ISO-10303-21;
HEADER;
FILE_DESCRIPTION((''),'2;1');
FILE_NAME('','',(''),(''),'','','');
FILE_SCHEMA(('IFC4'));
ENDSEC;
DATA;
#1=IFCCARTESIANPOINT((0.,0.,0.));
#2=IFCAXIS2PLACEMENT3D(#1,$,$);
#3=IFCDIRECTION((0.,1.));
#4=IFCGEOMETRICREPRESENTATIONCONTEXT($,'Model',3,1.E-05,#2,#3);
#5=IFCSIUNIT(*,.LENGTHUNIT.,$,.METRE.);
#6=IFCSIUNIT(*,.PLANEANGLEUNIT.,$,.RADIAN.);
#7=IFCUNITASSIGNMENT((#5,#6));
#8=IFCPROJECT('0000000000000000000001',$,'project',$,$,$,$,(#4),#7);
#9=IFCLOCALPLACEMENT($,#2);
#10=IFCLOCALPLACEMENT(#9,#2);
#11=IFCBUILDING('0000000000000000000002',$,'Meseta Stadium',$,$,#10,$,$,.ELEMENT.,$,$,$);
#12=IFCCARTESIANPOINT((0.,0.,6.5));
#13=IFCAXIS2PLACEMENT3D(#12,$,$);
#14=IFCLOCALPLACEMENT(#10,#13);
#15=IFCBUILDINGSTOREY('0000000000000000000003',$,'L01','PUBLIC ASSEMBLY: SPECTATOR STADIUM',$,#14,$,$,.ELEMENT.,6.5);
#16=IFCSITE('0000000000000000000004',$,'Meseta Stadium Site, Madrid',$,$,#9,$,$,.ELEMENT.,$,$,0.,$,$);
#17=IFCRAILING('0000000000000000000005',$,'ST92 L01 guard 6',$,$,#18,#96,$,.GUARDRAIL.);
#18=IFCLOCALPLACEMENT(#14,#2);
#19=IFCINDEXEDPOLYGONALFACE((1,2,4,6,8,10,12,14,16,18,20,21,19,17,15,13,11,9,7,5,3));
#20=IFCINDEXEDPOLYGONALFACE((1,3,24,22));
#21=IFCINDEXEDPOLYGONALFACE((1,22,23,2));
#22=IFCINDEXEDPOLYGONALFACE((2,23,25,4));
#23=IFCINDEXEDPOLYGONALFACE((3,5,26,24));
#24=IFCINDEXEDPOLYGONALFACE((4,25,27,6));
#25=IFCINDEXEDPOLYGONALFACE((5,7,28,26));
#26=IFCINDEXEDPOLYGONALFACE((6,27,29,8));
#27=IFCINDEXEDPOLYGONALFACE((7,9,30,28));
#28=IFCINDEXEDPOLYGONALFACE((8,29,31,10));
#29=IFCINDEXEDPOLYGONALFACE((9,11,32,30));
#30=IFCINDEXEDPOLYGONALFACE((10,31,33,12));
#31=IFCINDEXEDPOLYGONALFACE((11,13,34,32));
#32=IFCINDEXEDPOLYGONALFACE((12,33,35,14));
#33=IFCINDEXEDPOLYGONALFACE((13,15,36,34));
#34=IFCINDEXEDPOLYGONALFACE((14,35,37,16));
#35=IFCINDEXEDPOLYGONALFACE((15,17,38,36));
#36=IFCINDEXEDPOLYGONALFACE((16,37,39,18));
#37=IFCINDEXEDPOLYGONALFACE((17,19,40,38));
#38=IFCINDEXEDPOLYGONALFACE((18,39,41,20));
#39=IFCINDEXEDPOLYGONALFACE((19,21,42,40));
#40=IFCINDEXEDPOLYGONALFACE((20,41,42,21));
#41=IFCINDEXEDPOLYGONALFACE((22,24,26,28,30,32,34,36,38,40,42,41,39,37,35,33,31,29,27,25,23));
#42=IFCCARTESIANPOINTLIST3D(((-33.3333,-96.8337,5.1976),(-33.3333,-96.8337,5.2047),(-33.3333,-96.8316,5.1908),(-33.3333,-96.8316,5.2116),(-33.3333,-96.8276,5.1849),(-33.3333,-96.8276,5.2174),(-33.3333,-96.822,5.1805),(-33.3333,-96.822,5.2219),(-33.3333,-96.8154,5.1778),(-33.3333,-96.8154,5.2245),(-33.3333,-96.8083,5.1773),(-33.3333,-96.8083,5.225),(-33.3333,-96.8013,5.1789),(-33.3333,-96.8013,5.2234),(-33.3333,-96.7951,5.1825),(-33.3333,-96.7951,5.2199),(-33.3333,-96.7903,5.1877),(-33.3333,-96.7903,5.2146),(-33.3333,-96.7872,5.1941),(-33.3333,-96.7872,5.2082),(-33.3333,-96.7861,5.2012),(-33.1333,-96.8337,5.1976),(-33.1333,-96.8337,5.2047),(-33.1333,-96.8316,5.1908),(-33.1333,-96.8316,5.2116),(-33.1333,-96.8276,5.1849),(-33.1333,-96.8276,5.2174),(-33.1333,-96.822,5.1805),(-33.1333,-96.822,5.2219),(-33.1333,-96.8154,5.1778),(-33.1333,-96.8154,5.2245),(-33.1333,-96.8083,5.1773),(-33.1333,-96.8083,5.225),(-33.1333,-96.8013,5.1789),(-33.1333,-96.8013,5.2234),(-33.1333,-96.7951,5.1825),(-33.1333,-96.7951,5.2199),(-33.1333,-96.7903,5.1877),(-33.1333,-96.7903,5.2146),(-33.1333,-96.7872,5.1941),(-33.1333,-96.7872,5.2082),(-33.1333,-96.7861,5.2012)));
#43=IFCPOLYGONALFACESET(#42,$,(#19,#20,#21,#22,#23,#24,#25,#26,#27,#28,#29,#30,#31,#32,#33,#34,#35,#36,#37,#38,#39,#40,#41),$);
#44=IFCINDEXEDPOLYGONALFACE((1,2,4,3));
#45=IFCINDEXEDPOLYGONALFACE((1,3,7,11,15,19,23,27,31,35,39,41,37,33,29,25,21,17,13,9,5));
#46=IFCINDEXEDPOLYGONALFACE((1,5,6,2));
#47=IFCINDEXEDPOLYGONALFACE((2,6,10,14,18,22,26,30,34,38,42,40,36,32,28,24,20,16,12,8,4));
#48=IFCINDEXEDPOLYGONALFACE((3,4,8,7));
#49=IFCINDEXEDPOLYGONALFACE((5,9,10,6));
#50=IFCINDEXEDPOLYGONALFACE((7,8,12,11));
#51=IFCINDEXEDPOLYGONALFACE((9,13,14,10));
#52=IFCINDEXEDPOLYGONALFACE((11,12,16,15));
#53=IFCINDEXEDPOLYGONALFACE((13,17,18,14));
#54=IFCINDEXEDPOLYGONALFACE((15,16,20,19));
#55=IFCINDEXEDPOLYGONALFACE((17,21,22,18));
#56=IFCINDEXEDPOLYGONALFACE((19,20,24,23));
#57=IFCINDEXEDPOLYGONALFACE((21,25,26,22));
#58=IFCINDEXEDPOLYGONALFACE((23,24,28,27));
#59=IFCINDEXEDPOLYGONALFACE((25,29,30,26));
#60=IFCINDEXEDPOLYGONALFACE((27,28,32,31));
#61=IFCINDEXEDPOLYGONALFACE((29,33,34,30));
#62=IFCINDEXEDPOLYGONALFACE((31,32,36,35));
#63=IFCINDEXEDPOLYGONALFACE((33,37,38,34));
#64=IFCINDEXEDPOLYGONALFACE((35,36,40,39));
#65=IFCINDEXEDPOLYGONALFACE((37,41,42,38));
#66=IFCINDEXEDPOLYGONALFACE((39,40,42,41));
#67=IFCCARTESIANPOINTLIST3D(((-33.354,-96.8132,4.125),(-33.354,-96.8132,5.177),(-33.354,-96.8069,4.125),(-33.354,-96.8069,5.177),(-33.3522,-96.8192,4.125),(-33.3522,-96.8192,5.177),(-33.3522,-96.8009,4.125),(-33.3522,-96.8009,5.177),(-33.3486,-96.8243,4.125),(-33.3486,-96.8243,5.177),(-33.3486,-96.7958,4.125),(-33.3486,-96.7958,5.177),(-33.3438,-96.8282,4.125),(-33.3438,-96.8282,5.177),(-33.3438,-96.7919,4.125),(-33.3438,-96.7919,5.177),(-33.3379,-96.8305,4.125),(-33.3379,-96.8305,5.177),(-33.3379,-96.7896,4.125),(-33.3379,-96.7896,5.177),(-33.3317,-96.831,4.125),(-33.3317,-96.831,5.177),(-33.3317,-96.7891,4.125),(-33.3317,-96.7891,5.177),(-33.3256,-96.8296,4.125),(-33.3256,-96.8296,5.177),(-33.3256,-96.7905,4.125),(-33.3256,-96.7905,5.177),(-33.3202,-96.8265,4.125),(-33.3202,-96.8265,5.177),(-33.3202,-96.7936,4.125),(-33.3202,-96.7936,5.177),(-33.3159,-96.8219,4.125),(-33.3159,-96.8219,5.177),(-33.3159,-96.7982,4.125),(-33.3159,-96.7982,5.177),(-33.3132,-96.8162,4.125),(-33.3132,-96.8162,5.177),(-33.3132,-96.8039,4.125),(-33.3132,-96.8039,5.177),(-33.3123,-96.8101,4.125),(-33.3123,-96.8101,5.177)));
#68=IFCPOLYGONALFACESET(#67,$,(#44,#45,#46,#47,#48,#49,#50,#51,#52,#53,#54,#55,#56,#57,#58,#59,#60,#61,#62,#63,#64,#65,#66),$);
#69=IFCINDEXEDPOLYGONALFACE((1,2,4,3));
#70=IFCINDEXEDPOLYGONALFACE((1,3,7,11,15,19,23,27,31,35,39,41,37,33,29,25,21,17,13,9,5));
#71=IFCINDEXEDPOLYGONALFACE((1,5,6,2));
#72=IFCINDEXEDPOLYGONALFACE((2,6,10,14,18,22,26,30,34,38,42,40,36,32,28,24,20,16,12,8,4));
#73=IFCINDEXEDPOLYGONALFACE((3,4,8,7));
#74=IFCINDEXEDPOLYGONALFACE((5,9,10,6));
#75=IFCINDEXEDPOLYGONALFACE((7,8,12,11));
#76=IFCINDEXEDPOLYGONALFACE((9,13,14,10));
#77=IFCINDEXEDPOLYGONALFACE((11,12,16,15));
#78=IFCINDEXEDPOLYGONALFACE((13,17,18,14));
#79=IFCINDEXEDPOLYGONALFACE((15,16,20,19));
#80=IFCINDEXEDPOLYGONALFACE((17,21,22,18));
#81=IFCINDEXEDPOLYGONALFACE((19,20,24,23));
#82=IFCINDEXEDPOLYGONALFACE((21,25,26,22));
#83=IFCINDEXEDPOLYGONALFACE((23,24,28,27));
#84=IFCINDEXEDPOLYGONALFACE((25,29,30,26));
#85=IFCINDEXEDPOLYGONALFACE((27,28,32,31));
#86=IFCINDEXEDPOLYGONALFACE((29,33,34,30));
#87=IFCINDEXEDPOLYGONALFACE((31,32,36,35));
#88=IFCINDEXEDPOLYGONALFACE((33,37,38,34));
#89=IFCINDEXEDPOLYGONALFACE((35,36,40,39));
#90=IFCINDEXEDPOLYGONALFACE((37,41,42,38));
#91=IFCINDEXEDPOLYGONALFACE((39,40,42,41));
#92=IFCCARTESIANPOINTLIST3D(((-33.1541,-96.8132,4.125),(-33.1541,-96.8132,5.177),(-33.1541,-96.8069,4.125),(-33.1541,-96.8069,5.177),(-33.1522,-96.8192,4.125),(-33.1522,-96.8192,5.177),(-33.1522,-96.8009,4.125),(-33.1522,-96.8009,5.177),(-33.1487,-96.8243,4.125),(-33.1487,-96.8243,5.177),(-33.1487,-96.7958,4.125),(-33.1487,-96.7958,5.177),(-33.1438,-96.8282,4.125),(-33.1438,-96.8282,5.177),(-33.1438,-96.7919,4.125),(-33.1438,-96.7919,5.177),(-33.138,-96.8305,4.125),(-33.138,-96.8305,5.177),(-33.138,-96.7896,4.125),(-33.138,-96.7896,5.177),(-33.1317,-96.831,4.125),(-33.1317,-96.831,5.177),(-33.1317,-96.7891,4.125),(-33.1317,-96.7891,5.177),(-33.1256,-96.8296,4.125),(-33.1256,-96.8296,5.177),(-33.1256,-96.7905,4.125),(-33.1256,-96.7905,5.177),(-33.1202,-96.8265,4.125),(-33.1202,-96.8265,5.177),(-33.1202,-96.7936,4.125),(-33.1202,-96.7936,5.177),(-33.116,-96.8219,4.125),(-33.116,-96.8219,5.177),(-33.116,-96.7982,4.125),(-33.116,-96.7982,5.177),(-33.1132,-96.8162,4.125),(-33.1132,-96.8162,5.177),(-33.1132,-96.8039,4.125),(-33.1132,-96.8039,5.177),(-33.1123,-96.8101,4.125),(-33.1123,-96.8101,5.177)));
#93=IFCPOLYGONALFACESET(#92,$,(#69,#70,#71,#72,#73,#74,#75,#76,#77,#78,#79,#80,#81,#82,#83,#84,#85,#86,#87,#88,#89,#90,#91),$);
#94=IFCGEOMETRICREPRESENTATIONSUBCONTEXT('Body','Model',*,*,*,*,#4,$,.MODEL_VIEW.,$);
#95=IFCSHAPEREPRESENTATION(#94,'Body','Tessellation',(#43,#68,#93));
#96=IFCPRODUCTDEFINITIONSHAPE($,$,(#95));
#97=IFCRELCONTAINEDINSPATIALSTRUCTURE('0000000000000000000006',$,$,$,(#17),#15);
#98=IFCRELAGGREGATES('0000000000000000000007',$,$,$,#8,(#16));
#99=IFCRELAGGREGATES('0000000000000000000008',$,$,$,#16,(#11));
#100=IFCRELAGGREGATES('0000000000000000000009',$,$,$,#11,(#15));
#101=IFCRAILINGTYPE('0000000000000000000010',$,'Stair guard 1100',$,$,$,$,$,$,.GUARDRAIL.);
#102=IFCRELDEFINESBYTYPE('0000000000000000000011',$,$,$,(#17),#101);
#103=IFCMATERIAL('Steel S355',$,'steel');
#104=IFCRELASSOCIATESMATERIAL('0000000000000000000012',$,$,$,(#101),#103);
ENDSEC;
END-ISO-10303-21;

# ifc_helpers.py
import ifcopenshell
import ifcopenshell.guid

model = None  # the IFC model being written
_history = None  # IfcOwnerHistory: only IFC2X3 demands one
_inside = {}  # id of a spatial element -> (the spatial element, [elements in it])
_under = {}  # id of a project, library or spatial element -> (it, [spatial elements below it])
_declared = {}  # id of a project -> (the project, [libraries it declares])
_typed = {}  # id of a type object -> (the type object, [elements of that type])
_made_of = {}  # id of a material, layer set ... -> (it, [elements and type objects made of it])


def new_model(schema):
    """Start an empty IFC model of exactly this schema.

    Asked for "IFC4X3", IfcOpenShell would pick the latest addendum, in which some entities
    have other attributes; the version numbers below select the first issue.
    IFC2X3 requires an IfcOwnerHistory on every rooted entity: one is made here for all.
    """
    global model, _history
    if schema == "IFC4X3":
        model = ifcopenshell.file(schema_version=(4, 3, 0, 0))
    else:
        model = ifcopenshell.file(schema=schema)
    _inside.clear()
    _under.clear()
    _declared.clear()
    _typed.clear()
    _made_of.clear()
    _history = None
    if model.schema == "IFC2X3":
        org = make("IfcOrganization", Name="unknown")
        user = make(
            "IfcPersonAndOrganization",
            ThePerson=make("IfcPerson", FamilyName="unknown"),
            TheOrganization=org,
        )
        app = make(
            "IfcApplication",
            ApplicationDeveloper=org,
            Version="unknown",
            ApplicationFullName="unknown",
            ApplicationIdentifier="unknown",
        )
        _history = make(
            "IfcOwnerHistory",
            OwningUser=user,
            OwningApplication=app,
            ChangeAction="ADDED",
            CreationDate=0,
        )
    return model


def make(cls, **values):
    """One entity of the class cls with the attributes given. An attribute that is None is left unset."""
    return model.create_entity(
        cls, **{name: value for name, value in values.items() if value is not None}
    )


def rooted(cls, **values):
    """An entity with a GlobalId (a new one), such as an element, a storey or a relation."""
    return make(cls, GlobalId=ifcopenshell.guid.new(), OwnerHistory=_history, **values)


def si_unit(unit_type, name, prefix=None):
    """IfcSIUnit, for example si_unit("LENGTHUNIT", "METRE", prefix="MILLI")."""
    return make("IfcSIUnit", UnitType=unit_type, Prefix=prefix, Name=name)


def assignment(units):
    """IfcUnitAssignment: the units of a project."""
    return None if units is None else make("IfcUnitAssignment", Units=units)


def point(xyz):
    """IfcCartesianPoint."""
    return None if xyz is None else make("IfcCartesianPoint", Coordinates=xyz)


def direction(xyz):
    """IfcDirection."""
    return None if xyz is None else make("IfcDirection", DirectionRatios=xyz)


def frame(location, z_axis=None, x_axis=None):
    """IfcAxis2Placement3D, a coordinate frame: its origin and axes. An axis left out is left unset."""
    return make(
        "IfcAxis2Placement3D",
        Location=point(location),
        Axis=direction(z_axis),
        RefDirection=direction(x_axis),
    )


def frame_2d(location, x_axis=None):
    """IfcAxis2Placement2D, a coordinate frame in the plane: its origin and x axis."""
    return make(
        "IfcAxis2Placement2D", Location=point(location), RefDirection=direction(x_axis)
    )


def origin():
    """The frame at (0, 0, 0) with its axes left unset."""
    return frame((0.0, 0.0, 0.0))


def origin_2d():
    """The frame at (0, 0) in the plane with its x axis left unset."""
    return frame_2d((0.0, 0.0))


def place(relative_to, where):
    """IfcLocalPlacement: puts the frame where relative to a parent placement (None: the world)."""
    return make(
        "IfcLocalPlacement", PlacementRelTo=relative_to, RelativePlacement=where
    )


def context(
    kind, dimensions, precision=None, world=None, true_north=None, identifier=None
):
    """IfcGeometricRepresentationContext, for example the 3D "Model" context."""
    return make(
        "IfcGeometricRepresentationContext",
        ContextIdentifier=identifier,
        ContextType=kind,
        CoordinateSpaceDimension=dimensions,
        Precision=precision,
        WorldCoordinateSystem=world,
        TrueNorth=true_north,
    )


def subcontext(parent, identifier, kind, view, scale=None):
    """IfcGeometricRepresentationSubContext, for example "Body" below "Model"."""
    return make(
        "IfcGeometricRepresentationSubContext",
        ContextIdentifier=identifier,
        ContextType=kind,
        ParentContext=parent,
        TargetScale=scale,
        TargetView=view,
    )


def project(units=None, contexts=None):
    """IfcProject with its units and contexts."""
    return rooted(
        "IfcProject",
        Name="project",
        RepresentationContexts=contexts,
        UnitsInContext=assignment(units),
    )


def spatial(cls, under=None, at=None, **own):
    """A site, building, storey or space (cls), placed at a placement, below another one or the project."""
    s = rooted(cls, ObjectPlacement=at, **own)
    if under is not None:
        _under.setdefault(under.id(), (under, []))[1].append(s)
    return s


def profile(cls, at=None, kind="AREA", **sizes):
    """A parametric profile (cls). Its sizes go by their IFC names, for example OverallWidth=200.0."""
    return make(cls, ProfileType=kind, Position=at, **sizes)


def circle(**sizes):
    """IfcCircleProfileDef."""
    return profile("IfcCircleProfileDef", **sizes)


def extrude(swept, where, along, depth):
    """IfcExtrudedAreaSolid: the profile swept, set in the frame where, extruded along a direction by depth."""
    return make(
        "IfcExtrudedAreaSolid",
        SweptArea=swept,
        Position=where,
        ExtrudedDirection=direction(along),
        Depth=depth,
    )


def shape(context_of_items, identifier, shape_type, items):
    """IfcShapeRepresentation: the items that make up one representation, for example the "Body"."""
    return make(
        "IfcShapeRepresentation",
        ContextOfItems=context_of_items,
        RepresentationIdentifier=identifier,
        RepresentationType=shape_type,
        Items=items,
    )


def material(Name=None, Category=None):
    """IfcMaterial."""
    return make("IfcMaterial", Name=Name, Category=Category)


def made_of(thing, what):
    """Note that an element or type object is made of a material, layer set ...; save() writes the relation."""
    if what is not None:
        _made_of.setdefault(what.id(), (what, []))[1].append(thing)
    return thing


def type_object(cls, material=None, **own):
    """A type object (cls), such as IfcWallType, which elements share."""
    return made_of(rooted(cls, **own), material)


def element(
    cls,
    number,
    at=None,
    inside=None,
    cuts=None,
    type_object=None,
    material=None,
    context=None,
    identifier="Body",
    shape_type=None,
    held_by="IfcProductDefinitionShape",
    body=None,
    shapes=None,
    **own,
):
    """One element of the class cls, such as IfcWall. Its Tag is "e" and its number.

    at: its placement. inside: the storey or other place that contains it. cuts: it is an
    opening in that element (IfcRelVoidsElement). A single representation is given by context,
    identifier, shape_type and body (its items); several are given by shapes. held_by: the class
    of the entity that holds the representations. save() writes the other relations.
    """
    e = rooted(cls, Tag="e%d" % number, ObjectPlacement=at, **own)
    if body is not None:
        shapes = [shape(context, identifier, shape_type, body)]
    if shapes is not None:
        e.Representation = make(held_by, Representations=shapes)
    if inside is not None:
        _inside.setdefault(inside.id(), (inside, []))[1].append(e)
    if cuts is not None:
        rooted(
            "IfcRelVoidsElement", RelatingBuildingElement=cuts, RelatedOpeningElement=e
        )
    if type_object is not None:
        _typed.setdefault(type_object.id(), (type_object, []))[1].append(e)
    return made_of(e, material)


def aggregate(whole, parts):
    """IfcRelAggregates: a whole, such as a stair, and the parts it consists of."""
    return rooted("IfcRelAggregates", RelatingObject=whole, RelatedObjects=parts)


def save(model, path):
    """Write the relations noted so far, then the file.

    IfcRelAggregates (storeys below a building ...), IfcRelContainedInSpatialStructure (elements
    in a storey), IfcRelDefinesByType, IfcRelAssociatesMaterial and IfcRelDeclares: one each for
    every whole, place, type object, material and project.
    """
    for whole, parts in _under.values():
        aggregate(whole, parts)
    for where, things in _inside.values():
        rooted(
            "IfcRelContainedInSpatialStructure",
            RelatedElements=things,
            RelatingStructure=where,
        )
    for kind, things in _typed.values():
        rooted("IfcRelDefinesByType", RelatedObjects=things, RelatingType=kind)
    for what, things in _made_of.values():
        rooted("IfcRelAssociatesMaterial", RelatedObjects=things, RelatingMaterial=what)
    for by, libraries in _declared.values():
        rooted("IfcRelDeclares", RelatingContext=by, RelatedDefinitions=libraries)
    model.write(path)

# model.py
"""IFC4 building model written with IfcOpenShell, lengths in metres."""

from ifc_helpers import new_model, si_unit, direction, frame, origin, origin_2d, place, context, subcontext, project, spatial, circle, extrude, material, type_object, element, save


model = new_model("IFC4")

# Units and contexts
model_context = context("Model", 3, precision=1e-05, world=origin(), true_north=direction((0.0, 1.0)))
body_context = subcontext(model_context, "Body", "Model", "MODEL_VIEW")
ifc_project = project(units=[si_unit("LENGTHUNIT", "METRE"), si_unit("PLANEANGLEUNIT", "RADIAN")], contexts=[model_context])

# Site, building, storey
site_placement = place(None, origin())
site = spatial("IfcSite", under=ifc_project, at=site_placement, Name="Meseta Stadium Site, Madrid", CompositionType="ELEMENT", RefElevation=0.0)
building_placement = place(site_placement, origin())
building = spatial("IfcBuilding", under=site, at=building_placement, Name="Meseta Stadium", CompositionType="ELEMENT")
storey_placement = place(building_placement, frame((0.0, 0.0, 6.5)))
storey = spatial("IfcBuildingStorey", under=building, at=storey_placement, Name="L01", Description="PUBLIC ASSEMBLY: SPECTATOR STADIUM", CompositionType="ELEMENT", Elevation=6.5)

# Railing
ifc_material_1 = material(Name="Steel S355", Category="steel")
railing_type_1 = type_object("IfcRailingType", Name="Stair guard 1100", PredefinedType="GUARDRAIL", material=ifc_material_1)
railing_1_placement = place(storey_placement, frame((-33.3333, -96.8101, 4.125)))
element("IfcRailing", 1, at=railing_1_placement, inside=storey, type_object=railing_type_1, Name="ST92 L01 guard 6", PredefinedType="GUARDRAIL", context=body_context, shape_type="SweptSolid", body=[
    extrude(circle(Radius=0.0239, at=origin_2d()), frame((0.0, 0.0, 1.0762), z_axis=(1.0, 0.0, 0.0), x_axis=(0.0, 1.0, 0.0)), (0.0, 0.0, 1.0), 0.2),
    extrude(circle(Radius=0.021, at=origin_2d()), origin(), (0.0, 0.0, 1.0), 1.052),
    extrude(circle(Radius=0.021, at=origin_2d()), frame((0.2, 0.0, 0.0)), (0.0, 0.0, 1.0), 1.052),
])

save(model, "model.ifc")
